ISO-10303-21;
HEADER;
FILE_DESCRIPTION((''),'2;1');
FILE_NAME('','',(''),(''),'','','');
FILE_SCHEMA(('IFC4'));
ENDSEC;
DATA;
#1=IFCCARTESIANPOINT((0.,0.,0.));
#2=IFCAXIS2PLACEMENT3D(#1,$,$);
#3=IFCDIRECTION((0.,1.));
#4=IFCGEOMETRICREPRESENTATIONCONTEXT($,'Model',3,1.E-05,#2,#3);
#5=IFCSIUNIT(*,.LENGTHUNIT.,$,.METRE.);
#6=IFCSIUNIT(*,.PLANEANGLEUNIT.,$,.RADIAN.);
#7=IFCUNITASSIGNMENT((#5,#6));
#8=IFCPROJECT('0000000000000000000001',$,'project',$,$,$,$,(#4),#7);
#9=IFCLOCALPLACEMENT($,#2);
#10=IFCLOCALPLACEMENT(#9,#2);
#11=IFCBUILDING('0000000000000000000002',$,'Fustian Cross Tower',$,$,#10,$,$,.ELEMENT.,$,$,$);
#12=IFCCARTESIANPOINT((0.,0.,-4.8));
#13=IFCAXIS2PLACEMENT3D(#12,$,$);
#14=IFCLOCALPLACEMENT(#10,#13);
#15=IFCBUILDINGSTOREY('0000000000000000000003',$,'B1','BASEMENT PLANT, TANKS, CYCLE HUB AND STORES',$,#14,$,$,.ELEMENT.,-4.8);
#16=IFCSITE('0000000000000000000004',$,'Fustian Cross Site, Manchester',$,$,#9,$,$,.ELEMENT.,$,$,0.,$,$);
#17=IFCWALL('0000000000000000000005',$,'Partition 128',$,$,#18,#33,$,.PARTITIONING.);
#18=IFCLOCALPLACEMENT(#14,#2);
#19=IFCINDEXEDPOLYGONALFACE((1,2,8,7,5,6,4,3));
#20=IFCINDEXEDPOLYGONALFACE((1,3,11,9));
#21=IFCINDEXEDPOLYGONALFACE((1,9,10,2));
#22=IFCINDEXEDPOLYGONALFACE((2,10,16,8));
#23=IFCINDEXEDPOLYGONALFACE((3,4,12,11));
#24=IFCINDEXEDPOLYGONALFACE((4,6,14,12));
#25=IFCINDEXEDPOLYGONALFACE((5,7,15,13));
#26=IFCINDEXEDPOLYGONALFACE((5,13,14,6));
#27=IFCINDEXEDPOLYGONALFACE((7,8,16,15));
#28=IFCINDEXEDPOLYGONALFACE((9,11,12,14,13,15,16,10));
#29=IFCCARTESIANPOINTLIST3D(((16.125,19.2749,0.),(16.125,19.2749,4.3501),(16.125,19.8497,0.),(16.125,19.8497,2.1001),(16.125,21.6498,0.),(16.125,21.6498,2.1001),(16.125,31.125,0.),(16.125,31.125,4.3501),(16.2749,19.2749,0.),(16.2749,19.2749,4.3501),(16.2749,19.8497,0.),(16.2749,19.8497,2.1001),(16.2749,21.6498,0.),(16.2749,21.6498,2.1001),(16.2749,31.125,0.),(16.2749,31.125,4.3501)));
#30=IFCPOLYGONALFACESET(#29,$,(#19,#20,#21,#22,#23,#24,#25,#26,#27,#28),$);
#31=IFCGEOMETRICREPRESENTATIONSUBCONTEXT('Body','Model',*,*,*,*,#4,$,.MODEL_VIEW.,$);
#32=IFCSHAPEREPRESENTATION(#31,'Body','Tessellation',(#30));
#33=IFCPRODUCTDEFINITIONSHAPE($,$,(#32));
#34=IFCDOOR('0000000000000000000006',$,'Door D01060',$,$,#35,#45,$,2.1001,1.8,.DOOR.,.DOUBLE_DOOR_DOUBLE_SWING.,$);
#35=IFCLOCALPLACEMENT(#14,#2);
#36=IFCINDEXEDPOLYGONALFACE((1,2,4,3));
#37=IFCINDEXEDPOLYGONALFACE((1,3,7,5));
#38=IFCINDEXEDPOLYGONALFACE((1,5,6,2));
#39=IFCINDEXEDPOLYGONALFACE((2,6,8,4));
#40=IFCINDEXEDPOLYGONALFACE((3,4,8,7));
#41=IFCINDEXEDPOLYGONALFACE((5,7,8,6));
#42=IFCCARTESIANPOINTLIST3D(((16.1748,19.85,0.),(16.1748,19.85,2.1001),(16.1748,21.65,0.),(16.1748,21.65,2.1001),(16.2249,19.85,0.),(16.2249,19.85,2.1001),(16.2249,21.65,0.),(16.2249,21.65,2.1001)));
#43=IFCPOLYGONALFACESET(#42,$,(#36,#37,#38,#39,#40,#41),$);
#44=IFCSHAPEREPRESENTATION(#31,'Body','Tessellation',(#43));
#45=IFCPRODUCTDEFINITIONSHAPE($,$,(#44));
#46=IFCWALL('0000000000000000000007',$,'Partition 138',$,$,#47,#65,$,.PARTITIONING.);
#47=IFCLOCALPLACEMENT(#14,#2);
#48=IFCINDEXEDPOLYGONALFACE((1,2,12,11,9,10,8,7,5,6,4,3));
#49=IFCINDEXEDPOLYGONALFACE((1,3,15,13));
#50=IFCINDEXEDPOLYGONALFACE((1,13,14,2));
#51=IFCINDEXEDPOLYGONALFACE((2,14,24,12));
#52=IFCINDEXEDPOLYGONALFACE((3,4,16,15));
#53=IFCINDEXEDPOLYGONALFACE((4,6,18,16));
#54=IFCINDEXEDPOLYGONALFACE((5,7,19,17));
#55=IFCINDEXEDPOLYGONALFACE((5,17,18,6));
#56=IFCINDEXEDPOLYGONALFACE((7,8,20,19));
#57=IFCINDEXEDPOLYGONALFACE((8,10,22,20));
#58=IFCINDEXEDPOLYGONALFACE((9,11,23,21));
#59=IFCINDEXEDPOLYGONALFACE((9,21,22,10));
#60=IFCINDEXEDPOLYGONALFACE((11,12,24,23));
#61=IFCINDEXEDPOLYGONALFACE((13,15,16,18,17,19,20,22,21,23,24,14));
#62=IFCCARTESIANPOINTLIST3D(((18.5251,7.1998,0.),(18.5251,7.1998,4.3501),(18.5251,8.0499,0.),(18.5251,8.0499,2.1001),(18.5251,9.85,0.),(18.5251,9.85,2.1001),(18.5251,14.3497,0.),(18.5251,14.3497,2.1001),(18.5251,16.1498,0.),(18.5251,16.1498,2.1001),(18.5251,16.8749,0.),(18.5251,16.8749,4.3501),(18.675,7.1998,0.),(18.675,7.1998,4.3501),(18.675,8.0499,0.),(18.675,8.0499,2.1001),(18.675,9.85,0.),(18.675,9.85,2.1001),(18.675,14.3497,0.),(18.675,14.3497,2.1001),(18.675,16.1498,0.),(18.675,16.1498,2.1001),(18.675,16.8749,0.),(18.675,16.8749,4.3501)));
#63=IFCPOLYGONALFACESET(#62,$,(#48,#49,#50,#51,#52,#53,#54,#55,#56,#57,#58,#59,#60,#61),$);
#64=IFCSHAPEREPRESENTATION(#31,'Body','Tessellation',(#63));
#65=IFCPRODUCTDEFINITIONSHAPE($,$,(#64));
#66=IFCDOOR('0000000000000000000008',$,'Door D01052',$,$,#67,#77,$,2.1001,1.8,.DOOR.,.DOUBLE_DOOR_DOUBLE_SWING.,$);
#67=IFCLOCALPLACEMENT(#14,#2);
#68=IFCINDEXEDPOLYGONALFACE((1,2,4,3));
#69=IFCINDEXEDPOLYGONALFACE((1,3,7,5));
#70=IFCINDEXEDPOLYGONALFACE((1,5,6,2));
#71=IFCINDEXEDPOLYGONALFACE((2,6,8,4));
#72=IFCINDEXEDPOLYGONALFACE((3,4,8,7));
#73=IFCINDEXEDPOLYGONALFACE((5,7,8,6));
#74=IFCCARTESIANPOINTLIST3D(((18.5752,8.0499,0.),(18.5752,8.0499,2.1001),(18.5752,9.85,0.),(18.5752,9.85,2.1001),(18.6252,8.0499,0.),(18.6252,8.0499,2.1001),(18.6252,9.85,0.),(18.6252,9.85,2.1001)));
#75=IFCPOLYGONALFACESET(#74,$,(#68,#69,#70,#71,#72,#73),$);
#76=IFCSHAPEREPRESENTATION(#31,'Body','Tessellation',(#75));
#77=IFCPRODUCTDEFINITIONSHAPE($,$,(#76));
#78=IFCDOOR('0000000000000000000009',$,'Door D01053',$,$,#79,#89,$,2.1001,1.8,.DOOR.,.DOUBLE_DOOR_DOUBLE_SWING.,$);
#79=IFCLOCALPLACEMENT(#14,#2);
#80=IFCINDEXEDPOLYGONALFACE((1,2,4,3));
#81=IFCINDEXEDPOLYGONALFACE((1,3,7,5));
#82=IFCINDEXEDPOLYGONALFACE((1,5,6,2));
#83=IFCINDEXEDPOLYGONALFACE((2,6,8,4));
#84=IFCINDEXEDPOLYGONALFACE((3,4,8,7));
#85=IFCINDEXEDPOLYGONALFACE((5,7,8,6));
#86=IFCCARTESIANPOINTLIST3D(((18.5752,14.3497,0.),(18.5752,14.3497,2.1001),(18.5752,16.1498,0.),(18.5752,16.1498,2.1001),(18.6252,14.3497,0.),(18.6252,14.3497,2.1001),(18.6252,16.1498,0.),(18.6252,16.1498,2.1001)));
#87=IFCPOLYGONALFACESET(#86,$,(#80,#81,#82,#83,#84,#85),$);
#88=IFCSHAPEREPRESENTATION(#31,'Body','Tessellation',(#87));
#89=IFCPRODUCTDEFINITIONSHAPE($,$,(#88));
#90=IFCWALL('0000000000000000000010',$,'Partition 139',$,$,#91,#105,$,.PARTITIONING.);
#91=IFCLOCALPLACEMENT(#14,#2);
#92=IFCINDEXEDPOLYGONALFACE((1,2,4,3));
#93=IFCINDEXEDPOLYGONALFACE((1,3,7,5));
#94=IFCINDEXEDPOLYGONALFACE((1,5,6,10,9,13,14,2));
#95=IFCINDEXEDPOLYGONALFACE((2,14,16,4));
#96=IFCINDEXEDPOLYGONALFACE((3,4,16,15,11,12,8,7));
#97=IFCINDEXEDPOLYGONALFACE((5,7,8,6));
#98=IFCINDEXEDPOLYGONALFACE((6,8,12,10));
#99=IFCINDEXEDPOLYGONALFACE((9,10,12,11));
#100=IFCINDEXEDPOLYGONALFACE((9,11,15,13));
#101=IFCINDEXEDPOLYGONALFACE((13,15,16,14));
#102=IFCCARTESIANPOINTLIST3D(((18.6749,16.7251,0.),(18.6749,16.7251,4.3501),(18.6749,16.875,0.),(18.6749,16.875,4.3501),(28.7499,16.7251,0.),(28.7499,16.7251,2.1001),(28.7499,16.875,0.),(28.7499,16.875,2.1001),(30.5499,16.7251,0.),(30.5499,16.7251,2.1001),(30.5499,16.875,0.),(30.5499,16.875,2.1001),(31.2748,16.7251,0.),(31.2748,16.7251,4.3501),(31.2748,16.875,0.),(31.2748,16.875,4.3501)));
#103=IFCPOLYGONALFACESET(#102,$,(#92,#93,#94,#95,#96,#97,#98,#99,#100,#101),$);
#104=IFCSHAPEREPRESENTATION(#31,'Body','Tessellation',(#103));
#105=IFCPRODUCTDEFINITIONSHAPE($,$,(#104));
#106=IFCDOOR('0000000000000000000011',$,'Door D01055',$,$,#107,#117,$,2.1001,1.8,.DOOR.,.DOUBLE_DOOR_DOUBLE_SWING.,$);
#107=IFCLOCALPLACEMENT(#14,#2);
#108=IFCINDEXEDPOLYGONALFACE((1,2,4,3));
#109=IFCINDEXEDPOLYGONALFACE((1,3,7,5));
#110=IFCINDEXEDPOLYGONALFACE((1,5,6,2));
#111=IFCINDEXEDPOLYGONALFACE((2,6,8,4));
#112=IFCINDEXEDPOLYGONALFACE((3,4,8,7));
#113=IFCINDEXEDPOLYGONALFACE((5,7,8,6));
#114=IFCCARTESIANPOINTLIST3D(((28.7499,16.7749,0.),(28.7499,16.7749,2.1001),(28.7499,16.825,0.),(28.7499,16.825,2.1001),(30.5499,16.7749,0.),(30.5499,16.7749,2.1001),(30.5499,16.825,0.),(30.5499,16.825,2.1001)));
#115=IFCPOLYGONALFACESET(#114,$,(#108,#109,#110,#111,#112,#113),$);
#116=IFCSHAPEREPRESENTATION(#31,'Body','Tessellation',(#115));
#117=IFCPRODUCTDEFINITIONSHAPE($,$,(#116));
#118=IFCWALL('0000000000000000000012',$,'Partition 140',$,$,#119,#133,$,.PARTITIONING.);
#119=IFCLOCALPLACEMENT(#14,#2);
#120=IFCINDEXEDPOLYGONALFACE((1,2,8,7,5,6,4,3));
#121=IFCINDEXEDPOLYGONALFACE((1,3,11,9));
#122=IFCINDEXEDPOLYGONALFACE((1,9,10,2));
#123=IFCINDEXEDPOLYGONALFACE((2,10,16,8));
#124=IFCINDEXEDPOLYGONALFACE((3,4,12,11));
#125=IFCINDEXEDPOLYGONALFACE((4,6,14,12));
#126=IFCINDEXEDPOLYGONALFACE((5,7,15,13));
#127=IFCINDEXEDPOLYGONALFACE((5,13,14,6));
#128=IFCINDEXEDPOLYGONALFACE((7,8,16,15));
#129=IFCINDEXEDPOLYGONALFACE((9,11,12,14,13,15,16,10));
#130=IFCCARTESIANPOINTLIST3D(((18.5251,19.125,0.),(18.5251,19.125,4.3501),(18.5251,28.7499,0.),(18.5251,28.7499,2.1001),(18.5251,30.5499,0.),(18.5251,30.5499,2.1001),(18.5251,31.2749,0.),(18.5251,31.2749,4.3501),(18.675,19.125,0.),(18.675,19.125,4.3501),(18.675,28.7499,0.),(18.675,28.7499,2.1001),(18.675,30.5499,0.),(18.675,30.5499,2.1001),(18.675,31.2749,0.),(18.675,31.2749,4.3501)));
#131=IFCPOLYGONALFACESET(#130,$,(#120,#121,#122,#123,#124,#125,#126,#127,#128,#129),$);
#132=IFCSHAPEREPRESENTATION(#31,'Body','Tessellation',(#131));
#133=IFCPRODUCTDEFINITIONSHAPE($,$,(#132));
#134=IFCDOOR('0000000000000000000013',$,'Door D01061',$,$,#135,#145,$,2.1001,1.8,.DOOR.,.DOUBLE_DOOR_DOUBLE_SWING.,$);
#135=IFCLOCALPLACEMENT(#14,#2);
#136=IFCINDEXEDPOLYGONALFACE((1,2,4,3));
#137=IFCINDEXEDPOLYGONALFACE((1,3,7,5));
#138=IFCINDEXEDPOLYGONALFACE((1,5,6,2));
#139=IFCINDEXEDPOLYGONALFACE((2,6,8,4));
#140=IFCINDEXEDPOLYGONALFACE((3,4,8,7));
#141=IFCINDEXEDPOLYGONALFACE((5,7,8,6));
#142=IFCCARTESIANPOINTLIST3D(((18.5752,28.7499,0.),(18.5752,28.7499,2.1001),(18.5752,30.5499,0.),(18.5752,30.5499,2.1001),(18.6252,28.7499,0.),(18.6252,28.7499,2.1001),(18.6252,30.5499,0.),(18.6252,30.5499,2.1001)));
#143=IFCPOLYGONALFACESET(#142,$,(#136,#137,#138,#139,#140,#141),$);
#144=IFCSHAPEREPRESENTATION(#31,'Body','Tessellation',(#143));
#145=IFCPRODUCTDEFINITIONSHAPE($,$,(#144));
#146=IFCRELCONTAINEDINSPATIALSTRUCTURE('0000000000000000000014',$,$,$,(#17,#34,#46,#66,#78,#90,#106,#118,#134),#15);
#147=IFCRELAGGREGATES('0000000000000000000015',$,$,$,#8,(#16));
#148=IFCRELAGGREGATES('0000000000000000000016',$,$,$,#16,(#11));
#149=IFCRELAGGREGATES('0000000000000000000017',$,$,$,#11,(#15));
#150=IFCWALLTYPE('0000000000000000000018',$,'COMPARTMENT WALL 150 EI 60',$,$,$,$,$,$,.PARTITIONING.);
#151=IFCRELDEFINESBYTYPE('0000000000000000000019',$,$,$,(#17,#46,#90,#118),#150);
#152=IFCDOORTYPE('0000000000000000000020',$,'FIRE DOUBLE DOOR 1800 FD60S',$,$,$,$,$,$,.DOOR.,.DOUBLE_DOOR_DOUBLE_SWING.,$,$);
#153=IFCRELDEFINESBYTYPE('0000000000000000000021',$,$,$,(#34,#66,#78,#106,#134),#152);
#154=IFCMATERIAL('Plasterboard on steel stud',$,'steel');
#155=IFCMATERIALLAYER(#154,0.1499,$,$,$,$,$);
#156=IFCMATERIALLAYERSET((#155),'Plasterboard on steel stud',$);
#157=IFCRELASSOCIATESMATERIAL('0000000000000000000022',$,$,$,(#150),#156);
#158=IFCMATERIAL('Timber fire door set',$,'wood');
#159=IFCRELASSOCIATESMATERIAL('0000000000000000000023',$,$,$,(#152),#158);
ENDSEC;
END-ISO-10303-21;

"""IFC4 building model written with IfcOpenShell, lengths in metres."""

from ifc_helpers import new_model, si_unit, direction, frame, frame_2d, origin, place, context, subcontext, project, spatial, rectangle, extrude, material, layer, layer_set, type_object, element, fill, save


model = new_model("IFC4")

# Units and contexts
model_context = context("Model", 3, precision=1e-05, world=origin(), true_north=direction((0.0, 1.0)))
body_context = subcontext(model_context, "Body", "Model", "MODEL_VIEW")
ifc_project = project(units=[si_unit("LENGTHUNIT", "METRE"), si_unit("PLANEANGLEUNIT", "RADIAN")], contexts=[model_context])

# Site, building, storey
site_placement = place(None, origin())
site = spatial("IfcSite", under=ifc_project, at=site_placement, Name="Fustian Cross Site, Manchester", CompositionType="ELEMENT", RefElevation=0.0)
building_placement = place(site_placement, origin())
building = spatial("IfcBuilding", under=site, at=building_placement, Name="Fustian Cross Tower", CompositionType="ELEMENT")
storey_placement = place(building_placement, frame((0.0, 0.0, -4.8)))
storey = spatial("IfcBuildingStorey", under=building, at=storey_placement, Name="B1", Description="BASEMENT PLANT, TANKS, CYCLE HUB AND STORES", CompositionType="ELEMENT", Elevation=-4.8)

# Wall, opening, door
ifc_material_1 = material(Name="Plasterboard on steel stud", Category="steel")
ifc_layer = layer(ifc_material_1, 0.1499)
ifc_layer_set = layer_set([ifc_layer], Name="Plasterboard on steel stud")
wall_type = type_object("IfcWallType", Name="COMPARTMENT WALL 150 EI 60", PredefinedType="PARTITIONING", material=ifc_layer_set)
ifc_material_2 = material(Name="Timber fire door set", Category="wood")
door_type = type_object("IfcDoorType", Name="FIRE DOUBLE DOOR 1800 FD60S", OperationType="DOUBLE_DOOR_DOUBLE_SWING", PredefinedType="DOOR", material=ifc_material_2)
wall_1_placement = place(storey_placement, frame((16.2, 19.2749, 0.0), z_axis=(0.0, 0.0, 1.0), x_axis=(0.0, 1.0, 0.0)))
wall_1 = element("IfcWall", 1, at=wall_1_placement, inside=storey, type_object=wall_type, Name="Partition 128", PredefinedType="PARTITIONING", context=body_context, shape_type="SweptSolid", body=[
    extrude(rectangle(XDim=11.8501, YDim=0.1499, at=frame_2d((5.925, 0.0))), origin(), (0.0, 0.0, 1.0), 4.3501),
])
opening_1_placement = place(wall_1_placement, frame((0.575, 0.0, 0.0)))
opening_1 = element("IfcOpeningElement", 2, at=opening_1_placement, cuts=wall_1, PredefinedType="OPENING", context=body_context, shape_type="SweptSolid", body=[
    extrude(rectangle(XDim=1.8, YDim=2.1001, at=frame_2d((0.8999, 1.05))), frame((0.0, 0.085, 0.0), z_axis=(0.0, -1.0, 0.0), x_axis=(1.0, 0.0, 0.0)), (0.0, 0.0, 1.0), 0.1699),
])
door_1_placement = place(opening_1_placement, frame((1.8, 0.0, 0.0), z_axis=(0.0, 0.0, 1.0), x_axis=(-1.0, 0.0, 0.0)))
door_1 = element("IfcDoor", 3, at=door_1_placement, inside=storey, type_object=door_type, Name="Door D01060", OperationType="DOUBLE_DOOR_DOUBLE_SWING", OverallHeight=2.1001, OverallWidth=1.8, PredefinedType="DOOR", context=body_context, shape_type="SweptSolid", body=[
    extrude(rectangle(XDim=1.8, YDim=2.1001, at=frame_2d((0.8999, 1.05))), frame((0.0, 0.0249, 0.0), z_axis=(0.0, -1.0, 0.0), x_axis=(1.0, 0.0, 0.0)), (0.0, 0.0, 1.0), 0.05),
])
fill(opening_1, door_1)

# Wall, openings, doors
wall_2_placement = place(storey_placement, frame((18.6001, 7.2, 0.0), z_axis=(0.0, 0.0, 1.0), x_axis=(0.0, 1.0, 0.0)))
wall_2 = element("IfcWall", 4, at=wall_2_placement, inside=storey, type_object=wall_type, Name="Partition 138", PredefinedType="PARTITIONING", context=body_context, shape_type="SweptSolid", body=[
    extrude(rectangle(XDim=9.675, YDim=0.1499, at=frame_2d((4.8374, 0.0))), origin(), (0.0, 0.0, 1.0), 4.3501),
])
opening_2_placement = place(wall_2_placement, frame((0.8501, 0.0, 0.0)))
opening_2 = element("IfcOpeningElement", 5, at=opening_2_placement, cuts=wall_2, PredefinedType="OPENING", context=body_context, shape_type="SweptSolid", body=[
    extrude(rectangle(XDim=1.8, YDim=2.1001, at=frame_2d((0.8999, 1.05))), frame((0.0, 0.085, 0.0), z_axis=(0.0, -1.0, 0.0), x_axis=(1.0, 0.0, 0.0)), (0.0, 0.0, 1.0), 0.1699),
])
opening_3_placement = place(wall_2_placement, frame((7.1499, 0.0, 0.0)))
opening_3 = element("IfcOpeningElement", 6, at=opening_3_placement, cuts=wall_2, PredefinedType="OPENING", context=body_context, shape_type="SweptSolid", body=[
    extrude(rectangle(XDim=1.8, YDim=2.1001, at=frame_2d((0.8999, 1.05))), frame((0.0, 0.085, 0.0), z_axis=(0.0, -1.0, 0.0), x_axis=(1.0, 0.0, 0.0)), (0.0, 0.0, 1.0), 0.1699),
])
door_2_placement = place(opening_2_placement, origin())
door_2 = element("IfcDoor", 7, at=door_2_placement, inside=storey, type_object=door_type, Name="Door D01052", OperationType="DOUBLE_DOOR_DOUBLE_SWING", OverallHeight=2.1001, OverallWidth=1.8, PredefinedType="DOOR", context=body_context, shape_type="SweptSolid", body=[
    extrude(rectangle(XDim=1.8, YDim=2.1001, at=frame_2d((0.8999, 1.05))), frame((0.0, 0.0249, 0.0), z_axis=(0.0, -1.0, 0.0), x_axis=(1.0, 0.0, 0.0)), (0.0, 0.0, 1.0), 0.05),
])
fill(opening_2, door_2)
door_3_placement = place(opening_3_placement, origin())
door_3 = element("IfcDoor", 8, at=door_3_placement, inside=storey, type_object=door_type, Name="Door D01053", OperationType="DOUBLE_DOOR_DOUBLE_SWING", OverallHeight=2.1001, OverallWidth=1.8, PredefinedType="DOOR", context=body_context, shape_type="SweptSolid", body=[
    extrude(rectangle(XDim=1.8, YDim=2.1001, at=frame_2d((0.8999, 1.05))), frame((0.0, 0.0249, 0.0), z_axis=(0.0, -1.0, 0.0), x_axis=(1.0, 0.0, 0.0)), (0.0, 0.0, 1.0), 0.05),
])
fill(opening_3, door_3)

# Walls, openings, doors
wall_3_placement = place(storey_placement, frame((18.675, 16.8, 0.0), z_axis=(0.0, 0.0, 1.0), x_axis=(1.0, 0.0, 0.0)))
wall_3 = element("IfcWall", 9, at=wall_3_placement, inside=storey, type_object=wall_type, Name="Partition 139", PredefinedType="PARTITIONING", context=body_context, shape_type="SweptSolid", body=[
    extrude(rectangle(XDim=12.5999, YDim=0.1499, at=frame_2d((6.2998, 0.0))), origin(), (0.0, 0.0, 1.0), 4.3501),
])
opening_4_placement = place(wall_3_placement, frame((10.075, 0.0, 0.0)))
opening_4 = element("IfcOpeningElement", 10, at=opening_4_placement, cuts=wall_3, PredefinedType="OPENING", context=body_context, shape_type="SweptSolid", body=[
    extrude(rectangle(XDim=1.8, YDim=2.1001, at=frame_2d((0.8999, 1.05))), frame((0.0, 0.085, 0.0), z_axis=(0.0, -1.0, 0.0), x_axis=(1.0, 0.0, 0.0)), (0.0, 0.0, 1.0), 0.1699),
])
door_4_placement = place(opening_4_placement, origin())
door_4 = element("IfcDoor", 11, at=door_4_placement, inside=storey, type_object=door_type, Name="Door D01055", OperationType="DOUBLE_DOOR_DOUBLE_SWING", OverallHeight=2.1001, OverallWidth=1.8, PredefinedType="DOOR", context=body_context, shape_type="SweptSolid", body=[
    extrude(rectangle(XDim=1.8, YDim=2.1001, at=frame_2d((0.8999, 1.05))), frame((0.0, 0.0249, 0.0), z_axis=(0.0, -1.0, 0.0), x_axis=(1.0, 0.0, 0.0)), (0.0, 0.0, 1.0), 0.05),
])
fill(opening_4, door_4)
wall_4_placement = place(storey_placement, frame((18.6001, 19.125, 0.0), z_axis=(0.0, 0.0, 1.0), x_axis=(0.0, 1.0, 0.0)))
wall_4 = element("IfcWall", 12, at=wall_4_placement, inside=storey, type_object=wall_type, Name="Partition 140", PredefinedType="PARTITIONING", context=body_context, shape_type="SweptSolid", body=[
    extrude(rectangle(XDim=12.1499, YDim=0.1499, at=frame_2d((6.075, 0.0))), origin(), (0.0, 0.0, 1.0), 4.3501),
])
opening_5_placement = place(wall_4_placement, frame((9.625, 0.0, 0.0)))
opening_5 = element("IfcOpeningElement", 13, at=opening_5_placement, cuts=wall_4, PredefinedType="OPENING", context=body_context, shape_type="SweptSolid", body=[
    extrude(rectangle(XDim=1.8, YDim=2.1001, at=frame_2d((0.8999, 1.05))), frame((0.0, 0.085, 0.0), z_axis=(0.0, -1.0, 0.0), x_axis=(1.0, 0.0, 0.0)), (0.0, 0.0, 1.0), 0.1699),
])
door_5_placement = place(opening_5_placement, origin())
door_5 = element("IfcDoor", 14, at=door_5_placement, inside=storey, type_object=door_type, Name="Door D01061", OperationType="DOUBLE_DOOR_DOUBLE_SWING", OverallHeight=2.1001, OverallWidth=1.8, PredefinedType="DOOR", context=body_context, shape_type="SweptSolid", body=[
    extrude(rectangle(XDim=1.8, YDim=2.1001, at=frame_2d((0.8999, 1.05))), frame((0.0, 0.0249, 0.0), z_axis=(0.0, -1.0, 0.0), x_axis=(1.0, 0.0, 0.0)), (0.0, 0.0, 1.0), 0.05),
])
fill(opening_5, door_5)

save(model, "model.ifc")
